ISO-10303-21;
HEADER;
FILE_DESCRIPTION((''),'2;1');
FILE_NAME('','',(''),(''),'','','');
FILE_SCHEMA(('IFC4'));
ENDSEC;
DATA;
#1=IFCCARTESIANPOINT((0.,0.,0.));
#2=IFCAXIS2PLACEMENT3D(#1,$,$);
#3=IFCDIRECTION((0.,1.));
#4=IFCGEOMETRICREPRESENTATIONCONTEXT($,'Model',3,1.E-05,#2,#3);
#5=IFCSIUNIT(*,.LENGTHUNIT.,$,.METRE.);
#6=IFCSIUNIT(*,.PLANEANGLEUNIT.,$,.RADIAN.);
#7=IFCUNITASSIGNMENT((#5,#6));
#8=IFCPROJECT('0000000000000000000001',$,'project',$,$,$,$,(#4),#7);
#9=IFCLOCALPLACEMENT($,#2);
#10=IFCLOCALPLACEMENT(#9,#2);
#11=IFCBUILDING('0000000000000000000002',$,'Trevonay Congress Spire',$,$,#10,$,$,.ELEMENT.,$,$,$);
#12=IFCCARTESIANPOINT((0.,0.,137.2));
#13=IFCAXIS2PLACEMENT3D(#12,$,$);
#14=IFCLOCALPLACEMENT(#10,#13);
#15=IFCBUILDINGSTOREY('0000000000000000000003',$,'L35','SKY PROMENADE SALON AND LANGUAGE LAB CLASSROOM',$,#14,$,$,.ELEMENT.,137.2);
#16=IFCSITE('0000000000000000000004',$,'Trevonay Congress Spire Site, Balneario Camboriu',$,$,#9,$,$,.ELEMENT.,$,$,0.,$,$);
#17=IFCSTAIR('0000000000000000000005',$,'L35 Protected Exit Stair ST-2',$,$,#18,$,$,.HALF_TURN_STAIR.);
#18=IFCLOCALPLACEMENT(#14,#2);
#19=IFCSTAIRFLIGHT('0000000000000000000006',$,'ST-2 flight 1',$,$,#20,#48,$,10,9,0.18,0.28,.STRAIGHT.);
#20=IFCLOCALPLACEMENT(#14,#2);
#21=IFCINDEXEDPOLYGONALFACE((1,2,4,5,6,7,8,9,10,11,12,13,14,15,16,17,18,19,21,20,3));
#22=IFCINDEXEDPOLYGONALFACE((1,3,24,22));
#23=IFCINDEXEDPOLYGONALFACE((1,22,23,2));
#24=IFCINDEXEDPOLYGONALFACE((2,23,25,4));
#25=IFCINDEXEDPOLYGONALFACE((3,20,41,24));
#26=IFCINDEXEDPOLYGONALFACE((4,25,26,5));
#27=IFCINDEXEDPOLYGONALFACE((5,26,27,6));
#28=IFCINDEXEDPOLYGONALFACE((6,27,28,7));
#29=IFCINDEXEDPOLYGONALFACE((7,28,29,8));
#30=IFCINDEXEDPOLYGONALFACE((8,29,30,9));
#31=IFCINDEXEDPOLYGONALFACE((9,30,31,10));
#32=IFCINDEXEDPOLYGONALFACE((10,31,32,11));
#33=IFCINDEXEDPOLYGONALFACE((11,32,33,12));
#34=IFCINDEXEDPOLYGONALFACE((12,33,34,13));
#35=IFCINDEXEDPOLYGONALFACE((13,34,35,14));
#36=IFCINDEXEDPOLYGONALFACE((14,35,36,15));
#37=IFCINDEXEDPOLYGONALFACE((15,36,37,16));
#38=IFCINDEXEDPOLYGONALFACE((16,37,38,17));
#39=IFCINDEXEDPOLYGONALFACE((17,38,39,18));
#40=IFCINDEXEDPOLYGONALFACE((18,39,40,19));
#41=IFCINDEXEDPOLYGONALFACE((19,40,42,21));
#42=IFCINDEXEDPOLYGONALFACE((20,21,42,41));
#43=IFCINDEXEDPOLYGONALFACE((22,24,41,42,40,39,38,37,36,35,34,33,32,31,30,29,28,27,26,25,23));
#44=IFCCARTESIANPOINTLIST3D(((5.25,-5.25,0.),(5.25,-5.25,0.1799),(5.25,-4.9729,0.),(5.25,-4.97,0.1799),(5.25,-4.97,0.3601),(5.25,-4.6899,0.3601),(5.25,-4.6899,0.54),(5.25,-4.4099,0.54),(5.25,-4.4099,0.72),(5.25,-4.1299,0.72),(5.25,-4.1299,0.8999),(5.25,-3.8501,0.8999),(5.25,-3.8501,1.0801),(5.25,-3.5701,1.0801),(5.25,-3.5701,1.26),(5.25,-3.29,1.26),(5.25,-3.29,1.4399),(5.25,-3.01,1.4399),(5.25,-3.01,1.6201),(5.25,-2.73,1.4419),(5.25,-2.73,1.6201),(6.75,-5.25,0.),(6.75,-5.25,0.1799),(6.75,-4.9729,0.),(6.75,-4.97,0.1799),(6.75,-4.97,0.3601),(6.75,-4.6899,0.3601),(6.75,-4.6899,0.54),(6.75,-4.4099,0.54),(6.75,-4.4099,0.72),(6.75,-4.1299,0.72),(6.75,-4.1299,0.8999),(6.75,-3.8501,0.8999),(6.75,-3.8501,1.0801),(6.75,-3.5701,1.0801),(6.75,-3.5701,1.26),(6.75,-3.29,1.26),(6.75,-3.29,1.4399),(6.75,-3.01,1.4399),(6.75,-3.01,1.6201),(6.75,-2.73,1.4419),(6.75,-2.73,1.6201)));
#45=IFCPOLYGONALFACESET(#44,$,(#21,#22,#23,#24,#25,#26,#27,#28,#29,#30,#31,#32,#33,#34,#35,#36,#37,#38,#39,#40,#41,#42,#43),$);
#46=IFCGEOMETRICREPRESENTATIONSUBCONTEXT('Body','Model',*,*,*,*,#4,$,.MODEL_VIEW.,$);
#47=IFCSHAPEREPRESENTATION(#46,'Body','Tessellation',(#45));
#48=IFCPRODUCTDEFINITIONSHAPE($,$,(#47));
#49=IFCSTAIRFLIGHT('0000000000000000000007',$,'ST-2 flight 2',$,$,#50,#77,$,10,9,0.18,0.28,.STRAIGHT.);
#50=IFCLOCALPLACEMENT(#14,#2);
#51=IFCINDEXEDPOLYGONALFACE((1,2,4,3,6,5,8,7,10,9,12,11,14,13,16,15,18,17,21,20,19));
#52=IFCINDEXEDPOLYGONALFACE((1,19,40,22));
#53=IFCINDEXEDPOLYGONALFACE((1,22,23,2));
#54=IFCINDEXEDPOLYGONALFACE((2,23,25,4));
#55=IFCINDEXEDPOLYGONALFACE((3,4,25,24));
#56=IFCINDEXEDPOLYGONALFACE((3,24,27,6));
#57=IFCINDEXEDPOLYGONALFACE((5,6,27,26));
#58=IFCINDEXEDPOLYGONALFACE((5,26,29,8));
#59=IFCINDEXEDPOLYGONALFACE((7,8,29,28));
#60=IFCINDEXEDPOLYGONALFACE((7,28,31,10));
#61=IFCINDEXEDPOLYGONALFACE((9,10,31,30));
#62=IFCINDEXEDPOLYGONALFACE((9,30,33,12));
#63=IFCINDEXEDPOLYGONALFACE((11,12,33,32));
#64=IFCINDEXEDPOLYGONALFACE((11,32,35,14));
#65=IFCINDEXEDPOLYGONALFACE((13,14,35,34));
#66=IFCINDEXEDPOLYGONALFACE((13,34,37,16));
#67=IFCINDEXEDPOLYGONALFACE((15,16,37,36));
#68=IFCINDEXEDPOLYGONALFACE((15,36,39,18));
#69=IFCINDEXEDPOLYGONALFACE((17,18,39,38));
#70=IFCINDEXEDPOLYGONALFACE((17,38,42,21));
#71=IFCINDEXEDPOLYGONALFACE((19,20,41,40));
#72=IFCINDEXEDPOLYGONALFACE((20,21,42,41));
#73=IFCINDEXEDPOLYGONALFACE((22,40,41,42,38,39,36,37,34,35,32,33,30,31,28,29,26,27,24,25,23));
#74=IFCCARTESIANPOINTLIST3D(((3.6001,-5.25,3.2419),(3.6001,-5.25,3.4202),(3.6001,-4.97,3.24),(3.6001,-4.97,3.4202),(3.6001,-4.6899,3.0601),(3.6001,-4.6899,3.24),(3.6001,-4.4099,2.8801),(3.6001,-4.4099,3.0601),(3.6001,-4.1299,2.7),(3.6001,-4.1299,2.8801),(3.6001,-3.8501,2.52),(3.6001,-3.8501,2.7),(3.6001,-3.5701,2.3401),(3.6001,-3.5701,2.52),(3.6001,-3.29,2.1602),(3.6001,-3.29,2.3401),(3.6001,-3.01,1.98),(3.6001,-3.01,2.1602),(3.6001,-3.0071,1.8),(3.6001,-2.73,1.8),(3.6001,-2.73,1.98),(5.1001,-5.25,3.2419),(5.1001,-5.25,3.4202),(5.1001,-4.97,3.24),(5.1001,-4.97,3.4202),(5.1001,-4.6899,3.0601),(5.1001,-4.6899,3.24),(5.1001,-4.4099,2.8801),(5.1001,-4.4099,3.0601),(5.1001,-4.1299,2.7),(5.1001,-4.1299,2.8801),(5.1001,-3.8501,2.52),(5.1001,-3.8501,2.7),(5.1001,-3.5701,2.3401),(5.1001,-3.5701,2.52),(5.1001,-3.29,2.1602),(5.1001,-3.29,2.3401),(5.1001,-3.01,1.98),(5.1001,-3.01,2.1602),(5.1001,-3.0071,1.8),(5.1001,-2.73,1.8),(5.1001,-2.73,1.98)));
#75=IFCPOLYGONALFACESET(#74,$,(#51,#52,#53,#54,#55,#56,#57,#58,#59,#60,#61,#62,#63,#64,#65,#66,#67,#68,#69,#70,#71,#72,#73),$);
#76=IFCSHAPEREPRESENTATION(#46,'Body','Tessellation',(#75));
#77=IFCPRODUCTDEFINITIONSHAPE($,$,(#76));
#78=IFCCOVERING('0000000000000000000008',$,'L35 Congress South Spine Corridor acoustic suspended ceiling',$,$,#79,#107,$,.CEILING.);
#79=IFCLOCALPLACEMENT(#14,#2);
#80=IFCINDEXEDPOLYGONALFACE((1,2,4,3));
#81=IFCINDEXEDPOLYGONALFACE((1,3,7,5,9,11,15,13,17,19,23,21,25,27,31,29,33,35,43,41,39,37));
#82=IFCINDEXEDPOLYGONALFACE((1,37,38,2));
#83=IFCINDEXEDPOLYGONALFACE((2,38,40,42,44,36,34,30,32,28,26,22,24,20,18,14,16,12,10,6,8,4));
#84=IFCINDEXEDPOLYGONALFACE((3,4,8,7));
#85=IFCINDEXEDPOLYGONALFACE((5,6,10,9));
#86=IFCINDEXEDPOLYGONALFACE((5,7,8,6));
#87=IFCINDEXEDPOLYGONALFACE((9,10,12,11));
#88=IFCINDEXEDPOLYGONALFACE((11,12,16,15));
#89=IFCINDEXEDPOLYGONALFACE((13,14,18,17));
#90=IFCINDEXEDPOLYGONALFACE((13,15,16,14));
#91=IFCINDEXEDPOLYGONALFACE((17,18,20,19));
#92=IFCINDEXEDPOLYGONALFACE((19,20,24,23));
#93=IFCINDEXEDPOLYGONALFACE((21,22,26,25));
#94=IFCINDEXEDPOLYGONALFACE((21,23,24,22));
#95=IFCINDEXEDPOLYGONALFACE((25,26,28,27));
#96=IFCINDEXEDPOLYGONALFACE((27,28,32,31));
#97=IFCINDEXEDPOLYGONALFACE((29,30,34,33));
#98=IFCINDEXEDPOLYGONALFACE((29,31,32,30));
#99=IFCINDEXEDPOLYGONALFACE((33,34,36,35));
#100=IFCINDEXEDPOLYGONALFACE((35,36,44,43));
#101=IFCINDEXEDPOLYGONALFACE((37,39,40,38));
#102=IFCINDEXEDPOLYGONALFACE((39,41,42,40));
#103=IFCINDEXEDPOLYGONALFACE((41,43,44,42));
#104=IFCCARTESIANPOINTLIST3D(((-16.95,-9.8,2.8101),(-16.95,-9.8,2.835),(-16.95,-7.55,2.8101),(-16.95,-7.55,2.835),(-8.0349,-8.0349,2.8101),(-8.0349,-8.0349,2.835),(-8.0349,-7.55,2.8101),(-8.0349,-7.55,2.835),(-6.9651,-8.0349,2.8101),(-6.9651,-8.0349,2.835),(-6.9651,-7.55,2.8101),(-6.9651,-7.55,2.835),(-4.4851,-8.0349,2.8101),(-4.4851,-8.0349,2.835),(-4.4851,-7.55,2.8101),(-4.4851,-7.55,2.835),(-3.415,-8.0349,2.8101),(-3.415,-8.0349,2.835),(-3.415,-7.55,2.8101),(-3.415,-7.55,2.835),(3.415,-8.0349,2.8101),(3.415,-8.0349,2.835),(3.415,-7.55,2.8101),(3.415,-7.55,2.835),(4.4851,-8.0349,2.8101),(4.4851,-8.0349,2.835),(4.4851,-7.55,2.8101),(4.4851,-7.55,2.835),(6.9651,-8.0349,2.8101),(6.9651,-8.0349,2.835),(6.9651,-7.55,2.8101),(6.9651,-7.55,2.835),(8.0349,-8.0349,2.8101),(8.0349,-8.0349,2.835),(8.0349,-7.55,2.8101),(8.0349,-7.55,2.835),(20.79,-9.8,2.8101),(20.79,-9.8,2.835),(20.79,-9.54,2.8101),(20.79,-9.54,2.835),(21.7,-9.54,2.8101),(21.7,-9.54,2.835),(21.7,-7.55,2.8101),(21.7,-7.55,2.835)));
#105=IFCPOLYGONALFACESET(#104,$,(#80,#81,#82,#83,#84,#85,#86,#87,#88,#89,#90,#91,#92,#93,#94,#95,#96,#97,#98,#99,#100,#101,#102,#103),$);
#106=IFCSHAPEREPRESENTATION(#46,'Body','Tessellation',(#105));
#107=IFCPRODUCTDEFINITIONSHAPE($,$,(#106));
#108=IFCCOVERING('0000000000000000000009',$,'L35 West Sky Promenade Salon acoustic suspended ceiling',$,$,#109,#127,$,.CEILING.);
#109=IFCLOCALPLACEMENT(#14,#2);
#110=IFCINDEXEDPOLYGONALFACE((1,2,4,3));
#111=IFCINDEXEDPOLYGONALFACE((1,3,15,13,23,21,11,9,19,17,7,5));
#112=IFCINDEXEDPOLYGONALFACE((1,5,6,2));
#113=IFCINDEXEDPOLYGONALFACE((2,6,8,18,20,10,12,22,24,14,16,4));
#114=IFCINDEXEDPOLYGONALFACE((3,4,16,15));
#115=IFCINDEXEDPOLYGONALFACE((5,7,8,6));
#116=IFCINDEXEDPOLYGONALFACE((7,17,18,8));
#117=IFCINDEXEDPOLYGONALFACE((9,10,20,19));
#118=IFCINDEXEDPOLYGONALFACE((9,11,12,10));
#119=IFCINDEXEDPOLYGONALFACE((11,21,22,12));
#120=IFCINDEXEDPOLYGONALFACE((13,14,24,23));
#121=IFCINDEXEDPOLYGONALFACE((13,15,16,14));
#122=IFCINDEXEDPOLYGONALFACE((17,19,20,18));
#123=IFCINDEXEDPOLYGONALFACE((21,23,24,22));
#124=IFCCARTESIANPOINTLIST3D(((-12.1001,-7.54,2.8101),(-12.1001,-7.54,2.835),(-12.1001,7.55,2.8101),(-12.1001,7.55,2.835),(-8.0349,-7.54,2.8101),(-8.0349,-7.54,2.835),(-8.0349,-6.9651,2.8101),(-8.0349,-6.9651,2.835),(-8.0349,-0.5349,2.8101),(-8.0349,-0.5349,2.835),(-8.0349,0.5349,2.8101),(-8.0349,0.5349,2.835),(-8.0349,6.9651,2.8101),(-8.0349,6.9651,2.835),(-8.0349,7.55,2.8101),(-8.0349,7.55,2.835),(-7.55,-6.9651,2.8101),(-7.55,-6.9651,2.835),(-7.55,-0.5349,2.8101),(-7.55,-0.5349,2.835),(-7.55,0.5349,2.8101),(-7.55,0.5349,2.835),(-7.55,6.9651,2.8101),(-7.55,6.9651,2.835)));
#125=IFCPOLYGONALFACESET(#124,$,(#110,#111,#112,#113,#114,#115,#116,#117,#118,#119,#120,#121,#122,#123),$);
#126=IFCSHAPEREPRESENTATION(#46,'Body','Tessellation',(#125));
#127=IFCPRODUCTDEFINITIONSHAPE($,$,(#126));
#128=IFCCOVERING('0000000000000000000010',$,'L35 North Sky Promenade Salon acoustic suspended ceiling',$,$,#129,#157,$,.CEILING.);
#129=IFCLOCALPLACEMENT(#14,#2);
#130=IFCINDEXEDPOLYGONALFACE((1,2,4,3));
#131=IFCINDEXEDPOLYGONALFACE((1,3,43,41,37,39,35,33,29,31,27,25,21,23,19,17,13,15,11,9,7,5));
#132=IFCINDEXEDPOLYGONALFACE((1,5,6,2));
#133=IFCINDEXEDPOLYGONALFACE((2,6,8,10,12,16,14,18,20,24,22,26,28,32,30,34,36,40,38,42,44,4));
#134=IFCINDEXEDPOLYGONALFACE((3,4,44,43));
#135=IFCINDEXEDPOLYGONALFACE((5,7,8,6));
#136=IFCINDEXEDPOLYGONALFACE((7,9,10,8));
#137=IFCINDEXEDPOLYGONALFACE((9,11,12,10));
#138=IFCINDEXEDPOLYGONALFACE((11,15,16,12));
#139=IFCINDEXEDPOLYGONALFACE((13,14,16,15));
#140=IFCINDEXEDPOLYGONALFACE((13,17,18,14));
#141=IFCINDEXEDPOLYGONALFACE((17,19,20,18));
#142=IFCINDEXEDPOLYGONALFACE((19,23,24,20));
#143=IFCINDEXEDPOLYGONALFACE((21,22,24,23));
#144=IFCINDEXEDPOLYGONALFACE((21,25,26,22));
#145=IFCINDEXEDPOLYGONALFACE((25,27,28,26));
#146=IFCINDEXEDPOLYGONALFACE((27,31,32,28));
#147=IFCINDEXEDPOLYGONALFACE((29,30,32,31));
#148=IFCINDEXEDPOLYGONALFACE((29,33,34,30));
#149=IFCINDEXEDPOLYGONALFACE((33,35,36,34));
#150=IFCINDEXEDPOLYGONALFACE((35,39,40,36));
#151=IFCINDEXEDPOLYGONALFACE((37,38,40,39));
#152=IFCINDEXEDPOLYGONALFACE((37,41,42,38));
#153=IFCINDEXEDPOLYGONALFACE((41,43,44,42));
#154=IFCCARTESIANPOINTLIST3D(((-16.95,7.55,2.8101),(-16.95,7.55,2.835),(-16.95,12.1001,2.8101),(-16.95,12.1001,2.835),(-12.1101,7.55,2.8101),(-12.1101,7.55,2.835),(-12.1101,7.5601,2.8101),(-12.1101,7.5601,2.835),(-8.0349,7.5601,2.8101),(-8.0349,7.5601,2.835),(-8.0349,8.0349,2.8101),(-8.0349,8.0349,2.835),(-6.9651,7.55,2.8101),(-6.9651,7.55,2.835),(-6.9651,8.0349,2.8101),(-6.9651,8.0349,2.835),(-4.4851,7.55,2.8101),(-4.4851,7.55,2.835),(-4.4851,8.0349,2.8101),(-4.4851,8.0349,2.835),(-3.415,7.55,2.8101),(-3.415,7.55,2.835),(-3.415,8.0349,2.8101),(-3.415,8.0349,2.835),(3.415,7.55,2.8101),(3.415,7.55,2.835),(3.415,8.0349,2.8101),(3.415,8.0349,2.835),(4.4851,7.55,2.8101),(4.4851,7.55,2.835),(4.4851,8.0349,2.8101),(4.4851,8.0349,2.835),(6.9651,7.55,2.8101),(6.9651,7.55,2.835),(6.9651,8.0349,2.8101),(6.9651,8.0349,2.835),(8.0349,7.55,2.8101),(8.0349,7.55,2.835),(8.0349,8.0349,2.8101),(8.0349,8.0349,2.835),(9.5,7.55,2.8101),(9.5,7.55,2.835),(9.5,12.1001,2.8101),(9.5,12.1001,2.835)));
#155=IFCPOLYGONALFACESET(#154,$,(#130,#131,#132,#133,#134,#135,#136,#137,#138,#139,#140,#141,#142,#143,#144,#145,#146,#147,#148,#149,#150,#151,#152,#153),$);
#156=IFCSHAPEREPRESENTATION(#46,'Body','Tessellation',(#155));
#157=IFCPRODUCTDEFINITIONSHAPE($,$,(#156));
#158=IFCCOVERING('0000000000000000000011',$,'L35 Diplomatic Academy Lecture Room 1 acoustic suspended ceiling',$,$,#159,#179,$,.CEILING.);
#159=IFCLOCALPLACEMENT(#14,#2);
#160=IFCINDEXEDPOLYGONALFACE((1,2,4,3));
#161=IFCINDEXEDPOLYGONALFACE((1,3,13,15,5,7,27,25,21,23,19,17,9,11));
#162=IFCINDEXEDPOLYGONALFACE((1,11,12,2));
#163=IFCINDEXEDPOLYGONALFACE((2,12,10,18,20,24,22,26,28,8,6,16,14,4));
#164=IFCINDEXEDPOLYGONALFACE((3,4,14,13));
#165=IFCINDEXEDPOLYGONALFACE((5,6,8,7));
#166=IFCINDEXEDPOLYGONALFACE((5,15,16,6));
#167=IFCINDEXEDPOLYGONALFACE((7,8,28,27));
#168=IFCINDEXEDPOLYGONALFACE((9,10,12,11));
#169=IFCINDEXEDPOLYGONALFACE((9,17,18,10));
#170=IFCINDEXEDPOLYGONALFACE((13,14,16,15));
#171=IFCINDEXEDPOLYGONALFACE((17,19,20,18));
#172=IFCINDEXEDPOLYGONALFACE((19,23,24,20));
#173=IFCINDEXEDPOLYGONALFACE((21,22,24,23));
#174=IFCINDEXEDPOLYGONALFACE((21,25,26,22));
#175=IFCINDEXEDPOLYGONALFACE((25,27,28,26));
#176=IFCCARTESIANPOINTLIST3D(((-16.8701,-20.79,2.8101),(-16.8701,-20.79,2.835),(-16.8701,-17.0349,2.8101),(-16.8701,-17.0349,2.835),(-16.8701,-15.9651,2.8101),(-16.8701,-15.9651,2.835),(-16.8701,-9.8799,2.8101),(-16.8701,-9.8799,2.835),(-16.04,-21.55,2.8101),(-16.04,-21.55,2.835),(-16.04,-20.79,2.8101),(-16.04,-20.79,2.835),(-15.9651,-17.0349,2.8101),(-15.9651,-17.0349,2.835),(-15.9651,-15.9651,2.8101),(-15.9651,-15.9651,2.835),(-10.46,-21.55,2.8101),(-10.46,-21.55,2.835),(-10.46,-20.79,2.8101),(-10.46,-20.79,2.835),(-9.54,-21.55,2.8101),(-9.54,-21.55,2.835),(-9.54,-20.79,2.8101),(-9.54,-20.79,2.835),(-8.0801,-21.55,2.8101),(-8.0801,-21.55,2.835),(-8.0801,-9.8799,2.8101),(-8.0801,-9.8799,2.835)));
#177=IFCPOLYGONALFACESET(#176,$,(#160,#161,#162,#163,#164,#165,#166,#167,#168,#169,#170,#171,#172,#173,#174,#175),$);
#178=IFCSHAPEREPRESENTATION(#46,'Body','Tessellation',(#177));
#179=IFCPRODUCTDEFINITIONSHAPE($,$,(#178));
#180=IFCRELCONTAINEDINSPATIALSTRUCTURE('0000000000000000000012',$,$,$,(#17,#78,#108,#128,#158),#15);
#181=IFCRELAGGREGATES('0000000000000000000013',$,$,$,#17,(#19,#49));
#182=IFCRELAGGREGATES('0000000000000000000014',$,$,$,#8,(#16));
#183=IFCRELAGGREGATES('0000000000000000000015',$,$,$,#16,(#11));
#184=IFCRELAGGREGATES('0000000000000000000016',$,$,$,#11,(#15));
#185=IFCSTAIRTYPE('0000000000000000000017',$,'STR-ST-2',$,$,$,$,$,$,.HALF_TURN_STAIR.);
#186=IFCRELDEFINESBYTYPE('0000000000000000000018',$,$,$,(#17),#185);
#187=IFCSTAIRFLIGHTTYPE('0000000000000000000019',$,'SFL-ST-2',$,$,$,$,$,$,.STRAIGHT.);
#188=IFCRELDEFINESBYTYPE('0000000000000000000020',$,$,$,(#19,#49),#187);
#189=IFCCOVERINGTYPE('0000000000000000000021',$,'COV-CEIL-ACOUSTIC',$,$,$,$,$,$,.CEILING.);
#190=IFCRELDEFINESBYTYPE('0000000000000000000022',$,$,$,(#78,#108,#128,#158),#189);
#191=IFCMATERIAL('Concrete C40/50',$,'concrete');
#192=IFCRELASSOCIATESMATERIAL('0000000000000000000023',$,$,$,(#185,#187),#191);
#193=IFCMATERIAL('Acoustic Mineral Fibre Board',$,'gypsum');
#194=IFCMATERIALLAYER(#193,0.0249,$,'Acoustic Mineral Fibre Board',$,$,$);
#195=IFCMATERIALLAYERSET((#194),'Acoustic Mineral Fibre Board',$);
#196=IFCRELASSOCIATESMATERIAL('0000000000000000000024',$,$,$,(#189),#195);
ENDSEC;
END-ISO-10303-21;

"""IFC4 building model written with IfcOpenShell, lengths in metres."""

from ifc_helpers import new_model, si_unit, direction, frame, origin, place, context, subcontext, project, spatial, polyline, outline, extrude, material, layer, layer_set, type_object, element, aggregate, save


model = new_model("IFC4")

# Units and contexts
model_context = context("Model", 3, precision=1e-05, world=origin(), true_north=direction((0.0, 1.0)))
body_context = subcontext(model_context, "Body", "Model", "MODEL_VIEW")
ifc_project = project(units=[si_unit("LENGTHUNIT", "METRE"), si_unit("PLANEANGLEUNIT", "RADIAN")], contexts=[model_context])

# Site, building, storey
site_placement = place(None, origin())
site = spatial("IfcSite", under=ifc_project, at=site_placement, Name="Trevonay Congress Spire Site, Balneario Camboriu", CompositionType="ELEMENT", RefElevation=0.0)
building_placement = place(site_placement, origin())
building = spatial("IfcBuilding", under=site, at=building_placement, Name="Trevonay Congress Spire", CompositionType="ELEMENT")
storey_placement = place(building_placement, frame((0.0, 0.0, 137.2)))
storey = spatial("IfcBuildingStorey", under=building, at=storey_placement, Name="L35", Description="SKY PROMENADE SALON AND LANGUAGE LAB CLASSROOM", CompositionType="ELEMENT", Elevation=137.2)

# Shared definitions
ifc_material_1 = material(Name="Concrete C40/50", Category="concrete")

# Stair, stair flights
stair_type = type_object("IfcStairType", Name="STR-ST-2", PredefinedType="HALF_TURN_STAIR", material=ifc_material_1)
stair_placement = place(storey_placement, origin())
stair = element("IfcStair", 1, at=stair_placement, inside=storey, type_object=stair_type, Name="L35 Protected Exit Stair ST-2", PredefinedType="HALF_TURN_STAIR")
stair_flight_type = type_object("IfcStairFlightType", Name="SFL-ST-2", PredefinedType="STRAIGHT", material=ifc_material_1)
stair_flight_1_placement = place(storey_placement, frame((6.0, -5.25, 0.0), z_axis=(0.0, 0.0, 1.0), x_axis=(0.0, 1.0, 0.0)))
stair_flight_1 = element("IfcStairFlight", 2, at=stair_flight_1_placement, type_object=stair_flight_type, Name="ST-2 flight 1", NumberOfRisers=10, NumberOfTreads=9, PredefinedType="STRAIGHT", RiserHeight=0.18, TreadLength=0.28, context=body_context, shape_type="SweptSolid", body=[
    extrude(outline(polyline([(0.0, 0.0), (0.0, 0.1799), (0.28, 0.1799), (0.28, 0.3601), (0.5601, 0.3601), (0.5601, 0.54), (0.8401, 0.54), (0.8401, 0.72), (1.1201, 0.72), (1.1201, 0.8999), (1.3999, 0.8999), (1.3999, 1.0801), (1.6799, 1.0801), (1.6799, 1.26), (1.96, 1.26), (1.96, 1.4399), (2.24, 1.4399), (2.24, 1.6201), (2.52, 1.6201), (2.52, 1.8), (2.52, 1.4419), (0.2771, 0.0), (0.0, 0.0)])), frame((0.0, 0.75, 0.0), z_axis=(0.0, -1.0, 0.0), x_axis=(1.0, 0.0, 0.0)), (0.0, 0.0, 1.0), 1.5),
])
stair_flight_2_placement = place(storey_placement, frame((4.3501, -2.73, 1.8), z_axis=(0.0, 0.0, 1.0), x_axis=(0.0, -1.0, 0.0)))
stair_flight_2 = element("IfcStairFlight", 3, at=stair_flight_2_placement, type_object=stair_flight_type, Name="ST-2 flight 2", NumberOfRisers=10, NumberOfTreads=9, PredefinedType="STRAIGHT", RiserHeight=0.18, TreadLength=0.28, context=body_context, shape_type="SweptSolid", body=[
    extrude(outline(polyline([(0.0, 0.0), (0.0, 0.1799), (0.28, 0.1799), (0.28, 0.3601), (0.5601, 0.3601), (0.5601, 0.54), (0.8401, 0.54), (0.8401, 0.72), (1.1201, 0.72), (1.1201, 0.8999), (1.3999, 0.8999), (1.3999, 1.0801), (1.6799, 1.0801), (1.6799, 1.26), (1.96, 1.26), (1.96, 1.4399), (2.24, 1.4399), (2.24, 1.6201), (2.52, 1.6201), (2.52, 1.8), (2.52, 1.4419), (0.2771, 0.0), (0.0, 0.0)])), frame((0.0, 0.75, 0.0), z_axis=(0.0, -1.0, 0.0), x_axis=(1.0, 0.0, 0.0)), (0.0, 0.0, 1.0), 1.5),
])
aggregate(stair, [stair_flight_1, stair_flight_2])

# Coverings
ifc_material_2 = material(Name="Acoustic Mineral Fibre Board", Category="gypsum")
ifc_layer_1 = layer(ifc_material_2, 0.0249, Name="Acoustic Mineral Fibre Board")
ifc_layer_set_1 = layer_set([ifc_layer_1], Name="Acoustic Mineral Fibre Board")
covering_type_1 = type_object("IfcCoveringType", Name="COV-CEIL-ACOUSTIC", PredefinedType="CEILING", material=ifc_layer_set_1)
covering_1_placement = place(storey_placement, frame((0.0, 0.0, 2.8101)))
element("IfcCovering", 4, at=covering_1_placement, inside=storey, type_object=covering_type_1, Name="L35 Congress South Spine Corridor acoustic suspended ceiling", PredefinedType="CEILING", context=body_context, shape_type="SweptSolid", body=[
    extrude(outline(polyline([(-16.95, -9.8), (-16.95, -7.55), (-8.0349, -7.55), (-8.0349, -8.0349), (-6.9651, -8.0349), (-6.9651, -7.55), (-4.4851, -7.55), (-4.4851, -8.0349), (-3.415, -8.0349), (-3.415, -7.55), (3.415, -7.55), (3.415, -8.0349), (4.4851, -8.0349), (4.4851, -7.55), (6.9651, -7.55), (6.9651, -8.0349), (8.0349, -8.0349), (8.0349, -7.55), (21.7, -7.55), (21.7, -9.54), (20.79, -9.54), (20.79, -9.8), (-16.95, -9.8)])), origin(), (0.0, 0.0, 1.0), 0.0249),
])
covering_2_placement = place(storey_placement, frame((0.0, 0.0, 2.8101)))
element("IfcCovering", 5, at=covering_2_placement, inside=storey, type_object=covering_type_1, Name="L35 West Sky Promenade Salon acoustic suspended ceiling", PredefinedType="CEILING", context=body_context, shape_type="SweptSolid", body=[
    extrude(outline(polyline([(-12.1001, 7.55), (-8.0349, 7.55), (-8.0349, 6.9651), (-7.55, 6.9651), (-7.55, 0.5349), (-8.0349, 0.5349), (-8.0349, -0.5349), (-7.55, -0.5349), (-7.55, -6.9651), (-8.0349, -6.9651), (-8.0349, -7.54), (-12.1001, -7.54), (-12.1001, 7.55)])), origin(), (0.0, 0.0, 1.0), 0.0249),
])
covering_3_placement = place(storey_placement, frame((0.0, 0.0, 2.8101)))
element("IfcCovering", 6, at=covering_3_placement, inside=storey, type_object=covering_type_1, Name="L35 North Sky Promenade Salon acoustic suspended ceiling", PredefinedType="CEILING", context=body_context, shape_type="SweptSolid", body=[
    extrude(outline(polyline([(-16.95, 12.1001), (9.5, 12.1001), (9.5, 7.55), (8.0349, 7.55), (8.0349, 8.0349), (6.9651, 8.0349), (6.9651, 7.55), (4.4851, 7.55), (4.4851, 8.0349), (3.415, 8.0349), (3.415, 7.55), (-3.415, 7.55), (-3.415, 8.0349), (-4.4851, 8.0349), (-4.4851, 7.55), (-6.9651, 7.55), (-6.9651, 8.0349), (-8.0349, 8.0349), (-8.0349, 7.5601), (-12.1101, 7.5601), (-12.1101, 7.55), (-16.95, 7.55), (-16.95, 12.1001)])), origin(), (0.0, 0.0, 1.0), 0.0249),
])
covering_4_placement = place(storey_placement, frame((0.0, 0.0, 2.8101)))
element("IfcCovering", 7, at=covering_4_placement, inside=storey, type_object=covering_type_1, Name="L35 Diplomatic Academy Lecture Room 1 acoustic suspended ceiling", PredefinedType="CEILING", context=body_context, shape_type="SweptSolid", body=[
    extrude(outline(polyline([(-16.04, -21.55), (-16.04, -20.79), (-16.8701, -20.79), (-16.8701, -17.0349), (-15.9651, -17.0349), (-15.9651, -15.9651), (-16.8701, -15.9651), (-16.8701, -9.8799), (-8.0801, -9.8799), (-8.0801, -21.55), (-9.54, -21.55), (-9.54, -20.79), (-10.46, -20.79), (-10.46, -21.55), (-16.04, -21.55)])), origin(), (0.0, 0.0, 1.0), 0.0249),
])

save(model, "model.ifc")
